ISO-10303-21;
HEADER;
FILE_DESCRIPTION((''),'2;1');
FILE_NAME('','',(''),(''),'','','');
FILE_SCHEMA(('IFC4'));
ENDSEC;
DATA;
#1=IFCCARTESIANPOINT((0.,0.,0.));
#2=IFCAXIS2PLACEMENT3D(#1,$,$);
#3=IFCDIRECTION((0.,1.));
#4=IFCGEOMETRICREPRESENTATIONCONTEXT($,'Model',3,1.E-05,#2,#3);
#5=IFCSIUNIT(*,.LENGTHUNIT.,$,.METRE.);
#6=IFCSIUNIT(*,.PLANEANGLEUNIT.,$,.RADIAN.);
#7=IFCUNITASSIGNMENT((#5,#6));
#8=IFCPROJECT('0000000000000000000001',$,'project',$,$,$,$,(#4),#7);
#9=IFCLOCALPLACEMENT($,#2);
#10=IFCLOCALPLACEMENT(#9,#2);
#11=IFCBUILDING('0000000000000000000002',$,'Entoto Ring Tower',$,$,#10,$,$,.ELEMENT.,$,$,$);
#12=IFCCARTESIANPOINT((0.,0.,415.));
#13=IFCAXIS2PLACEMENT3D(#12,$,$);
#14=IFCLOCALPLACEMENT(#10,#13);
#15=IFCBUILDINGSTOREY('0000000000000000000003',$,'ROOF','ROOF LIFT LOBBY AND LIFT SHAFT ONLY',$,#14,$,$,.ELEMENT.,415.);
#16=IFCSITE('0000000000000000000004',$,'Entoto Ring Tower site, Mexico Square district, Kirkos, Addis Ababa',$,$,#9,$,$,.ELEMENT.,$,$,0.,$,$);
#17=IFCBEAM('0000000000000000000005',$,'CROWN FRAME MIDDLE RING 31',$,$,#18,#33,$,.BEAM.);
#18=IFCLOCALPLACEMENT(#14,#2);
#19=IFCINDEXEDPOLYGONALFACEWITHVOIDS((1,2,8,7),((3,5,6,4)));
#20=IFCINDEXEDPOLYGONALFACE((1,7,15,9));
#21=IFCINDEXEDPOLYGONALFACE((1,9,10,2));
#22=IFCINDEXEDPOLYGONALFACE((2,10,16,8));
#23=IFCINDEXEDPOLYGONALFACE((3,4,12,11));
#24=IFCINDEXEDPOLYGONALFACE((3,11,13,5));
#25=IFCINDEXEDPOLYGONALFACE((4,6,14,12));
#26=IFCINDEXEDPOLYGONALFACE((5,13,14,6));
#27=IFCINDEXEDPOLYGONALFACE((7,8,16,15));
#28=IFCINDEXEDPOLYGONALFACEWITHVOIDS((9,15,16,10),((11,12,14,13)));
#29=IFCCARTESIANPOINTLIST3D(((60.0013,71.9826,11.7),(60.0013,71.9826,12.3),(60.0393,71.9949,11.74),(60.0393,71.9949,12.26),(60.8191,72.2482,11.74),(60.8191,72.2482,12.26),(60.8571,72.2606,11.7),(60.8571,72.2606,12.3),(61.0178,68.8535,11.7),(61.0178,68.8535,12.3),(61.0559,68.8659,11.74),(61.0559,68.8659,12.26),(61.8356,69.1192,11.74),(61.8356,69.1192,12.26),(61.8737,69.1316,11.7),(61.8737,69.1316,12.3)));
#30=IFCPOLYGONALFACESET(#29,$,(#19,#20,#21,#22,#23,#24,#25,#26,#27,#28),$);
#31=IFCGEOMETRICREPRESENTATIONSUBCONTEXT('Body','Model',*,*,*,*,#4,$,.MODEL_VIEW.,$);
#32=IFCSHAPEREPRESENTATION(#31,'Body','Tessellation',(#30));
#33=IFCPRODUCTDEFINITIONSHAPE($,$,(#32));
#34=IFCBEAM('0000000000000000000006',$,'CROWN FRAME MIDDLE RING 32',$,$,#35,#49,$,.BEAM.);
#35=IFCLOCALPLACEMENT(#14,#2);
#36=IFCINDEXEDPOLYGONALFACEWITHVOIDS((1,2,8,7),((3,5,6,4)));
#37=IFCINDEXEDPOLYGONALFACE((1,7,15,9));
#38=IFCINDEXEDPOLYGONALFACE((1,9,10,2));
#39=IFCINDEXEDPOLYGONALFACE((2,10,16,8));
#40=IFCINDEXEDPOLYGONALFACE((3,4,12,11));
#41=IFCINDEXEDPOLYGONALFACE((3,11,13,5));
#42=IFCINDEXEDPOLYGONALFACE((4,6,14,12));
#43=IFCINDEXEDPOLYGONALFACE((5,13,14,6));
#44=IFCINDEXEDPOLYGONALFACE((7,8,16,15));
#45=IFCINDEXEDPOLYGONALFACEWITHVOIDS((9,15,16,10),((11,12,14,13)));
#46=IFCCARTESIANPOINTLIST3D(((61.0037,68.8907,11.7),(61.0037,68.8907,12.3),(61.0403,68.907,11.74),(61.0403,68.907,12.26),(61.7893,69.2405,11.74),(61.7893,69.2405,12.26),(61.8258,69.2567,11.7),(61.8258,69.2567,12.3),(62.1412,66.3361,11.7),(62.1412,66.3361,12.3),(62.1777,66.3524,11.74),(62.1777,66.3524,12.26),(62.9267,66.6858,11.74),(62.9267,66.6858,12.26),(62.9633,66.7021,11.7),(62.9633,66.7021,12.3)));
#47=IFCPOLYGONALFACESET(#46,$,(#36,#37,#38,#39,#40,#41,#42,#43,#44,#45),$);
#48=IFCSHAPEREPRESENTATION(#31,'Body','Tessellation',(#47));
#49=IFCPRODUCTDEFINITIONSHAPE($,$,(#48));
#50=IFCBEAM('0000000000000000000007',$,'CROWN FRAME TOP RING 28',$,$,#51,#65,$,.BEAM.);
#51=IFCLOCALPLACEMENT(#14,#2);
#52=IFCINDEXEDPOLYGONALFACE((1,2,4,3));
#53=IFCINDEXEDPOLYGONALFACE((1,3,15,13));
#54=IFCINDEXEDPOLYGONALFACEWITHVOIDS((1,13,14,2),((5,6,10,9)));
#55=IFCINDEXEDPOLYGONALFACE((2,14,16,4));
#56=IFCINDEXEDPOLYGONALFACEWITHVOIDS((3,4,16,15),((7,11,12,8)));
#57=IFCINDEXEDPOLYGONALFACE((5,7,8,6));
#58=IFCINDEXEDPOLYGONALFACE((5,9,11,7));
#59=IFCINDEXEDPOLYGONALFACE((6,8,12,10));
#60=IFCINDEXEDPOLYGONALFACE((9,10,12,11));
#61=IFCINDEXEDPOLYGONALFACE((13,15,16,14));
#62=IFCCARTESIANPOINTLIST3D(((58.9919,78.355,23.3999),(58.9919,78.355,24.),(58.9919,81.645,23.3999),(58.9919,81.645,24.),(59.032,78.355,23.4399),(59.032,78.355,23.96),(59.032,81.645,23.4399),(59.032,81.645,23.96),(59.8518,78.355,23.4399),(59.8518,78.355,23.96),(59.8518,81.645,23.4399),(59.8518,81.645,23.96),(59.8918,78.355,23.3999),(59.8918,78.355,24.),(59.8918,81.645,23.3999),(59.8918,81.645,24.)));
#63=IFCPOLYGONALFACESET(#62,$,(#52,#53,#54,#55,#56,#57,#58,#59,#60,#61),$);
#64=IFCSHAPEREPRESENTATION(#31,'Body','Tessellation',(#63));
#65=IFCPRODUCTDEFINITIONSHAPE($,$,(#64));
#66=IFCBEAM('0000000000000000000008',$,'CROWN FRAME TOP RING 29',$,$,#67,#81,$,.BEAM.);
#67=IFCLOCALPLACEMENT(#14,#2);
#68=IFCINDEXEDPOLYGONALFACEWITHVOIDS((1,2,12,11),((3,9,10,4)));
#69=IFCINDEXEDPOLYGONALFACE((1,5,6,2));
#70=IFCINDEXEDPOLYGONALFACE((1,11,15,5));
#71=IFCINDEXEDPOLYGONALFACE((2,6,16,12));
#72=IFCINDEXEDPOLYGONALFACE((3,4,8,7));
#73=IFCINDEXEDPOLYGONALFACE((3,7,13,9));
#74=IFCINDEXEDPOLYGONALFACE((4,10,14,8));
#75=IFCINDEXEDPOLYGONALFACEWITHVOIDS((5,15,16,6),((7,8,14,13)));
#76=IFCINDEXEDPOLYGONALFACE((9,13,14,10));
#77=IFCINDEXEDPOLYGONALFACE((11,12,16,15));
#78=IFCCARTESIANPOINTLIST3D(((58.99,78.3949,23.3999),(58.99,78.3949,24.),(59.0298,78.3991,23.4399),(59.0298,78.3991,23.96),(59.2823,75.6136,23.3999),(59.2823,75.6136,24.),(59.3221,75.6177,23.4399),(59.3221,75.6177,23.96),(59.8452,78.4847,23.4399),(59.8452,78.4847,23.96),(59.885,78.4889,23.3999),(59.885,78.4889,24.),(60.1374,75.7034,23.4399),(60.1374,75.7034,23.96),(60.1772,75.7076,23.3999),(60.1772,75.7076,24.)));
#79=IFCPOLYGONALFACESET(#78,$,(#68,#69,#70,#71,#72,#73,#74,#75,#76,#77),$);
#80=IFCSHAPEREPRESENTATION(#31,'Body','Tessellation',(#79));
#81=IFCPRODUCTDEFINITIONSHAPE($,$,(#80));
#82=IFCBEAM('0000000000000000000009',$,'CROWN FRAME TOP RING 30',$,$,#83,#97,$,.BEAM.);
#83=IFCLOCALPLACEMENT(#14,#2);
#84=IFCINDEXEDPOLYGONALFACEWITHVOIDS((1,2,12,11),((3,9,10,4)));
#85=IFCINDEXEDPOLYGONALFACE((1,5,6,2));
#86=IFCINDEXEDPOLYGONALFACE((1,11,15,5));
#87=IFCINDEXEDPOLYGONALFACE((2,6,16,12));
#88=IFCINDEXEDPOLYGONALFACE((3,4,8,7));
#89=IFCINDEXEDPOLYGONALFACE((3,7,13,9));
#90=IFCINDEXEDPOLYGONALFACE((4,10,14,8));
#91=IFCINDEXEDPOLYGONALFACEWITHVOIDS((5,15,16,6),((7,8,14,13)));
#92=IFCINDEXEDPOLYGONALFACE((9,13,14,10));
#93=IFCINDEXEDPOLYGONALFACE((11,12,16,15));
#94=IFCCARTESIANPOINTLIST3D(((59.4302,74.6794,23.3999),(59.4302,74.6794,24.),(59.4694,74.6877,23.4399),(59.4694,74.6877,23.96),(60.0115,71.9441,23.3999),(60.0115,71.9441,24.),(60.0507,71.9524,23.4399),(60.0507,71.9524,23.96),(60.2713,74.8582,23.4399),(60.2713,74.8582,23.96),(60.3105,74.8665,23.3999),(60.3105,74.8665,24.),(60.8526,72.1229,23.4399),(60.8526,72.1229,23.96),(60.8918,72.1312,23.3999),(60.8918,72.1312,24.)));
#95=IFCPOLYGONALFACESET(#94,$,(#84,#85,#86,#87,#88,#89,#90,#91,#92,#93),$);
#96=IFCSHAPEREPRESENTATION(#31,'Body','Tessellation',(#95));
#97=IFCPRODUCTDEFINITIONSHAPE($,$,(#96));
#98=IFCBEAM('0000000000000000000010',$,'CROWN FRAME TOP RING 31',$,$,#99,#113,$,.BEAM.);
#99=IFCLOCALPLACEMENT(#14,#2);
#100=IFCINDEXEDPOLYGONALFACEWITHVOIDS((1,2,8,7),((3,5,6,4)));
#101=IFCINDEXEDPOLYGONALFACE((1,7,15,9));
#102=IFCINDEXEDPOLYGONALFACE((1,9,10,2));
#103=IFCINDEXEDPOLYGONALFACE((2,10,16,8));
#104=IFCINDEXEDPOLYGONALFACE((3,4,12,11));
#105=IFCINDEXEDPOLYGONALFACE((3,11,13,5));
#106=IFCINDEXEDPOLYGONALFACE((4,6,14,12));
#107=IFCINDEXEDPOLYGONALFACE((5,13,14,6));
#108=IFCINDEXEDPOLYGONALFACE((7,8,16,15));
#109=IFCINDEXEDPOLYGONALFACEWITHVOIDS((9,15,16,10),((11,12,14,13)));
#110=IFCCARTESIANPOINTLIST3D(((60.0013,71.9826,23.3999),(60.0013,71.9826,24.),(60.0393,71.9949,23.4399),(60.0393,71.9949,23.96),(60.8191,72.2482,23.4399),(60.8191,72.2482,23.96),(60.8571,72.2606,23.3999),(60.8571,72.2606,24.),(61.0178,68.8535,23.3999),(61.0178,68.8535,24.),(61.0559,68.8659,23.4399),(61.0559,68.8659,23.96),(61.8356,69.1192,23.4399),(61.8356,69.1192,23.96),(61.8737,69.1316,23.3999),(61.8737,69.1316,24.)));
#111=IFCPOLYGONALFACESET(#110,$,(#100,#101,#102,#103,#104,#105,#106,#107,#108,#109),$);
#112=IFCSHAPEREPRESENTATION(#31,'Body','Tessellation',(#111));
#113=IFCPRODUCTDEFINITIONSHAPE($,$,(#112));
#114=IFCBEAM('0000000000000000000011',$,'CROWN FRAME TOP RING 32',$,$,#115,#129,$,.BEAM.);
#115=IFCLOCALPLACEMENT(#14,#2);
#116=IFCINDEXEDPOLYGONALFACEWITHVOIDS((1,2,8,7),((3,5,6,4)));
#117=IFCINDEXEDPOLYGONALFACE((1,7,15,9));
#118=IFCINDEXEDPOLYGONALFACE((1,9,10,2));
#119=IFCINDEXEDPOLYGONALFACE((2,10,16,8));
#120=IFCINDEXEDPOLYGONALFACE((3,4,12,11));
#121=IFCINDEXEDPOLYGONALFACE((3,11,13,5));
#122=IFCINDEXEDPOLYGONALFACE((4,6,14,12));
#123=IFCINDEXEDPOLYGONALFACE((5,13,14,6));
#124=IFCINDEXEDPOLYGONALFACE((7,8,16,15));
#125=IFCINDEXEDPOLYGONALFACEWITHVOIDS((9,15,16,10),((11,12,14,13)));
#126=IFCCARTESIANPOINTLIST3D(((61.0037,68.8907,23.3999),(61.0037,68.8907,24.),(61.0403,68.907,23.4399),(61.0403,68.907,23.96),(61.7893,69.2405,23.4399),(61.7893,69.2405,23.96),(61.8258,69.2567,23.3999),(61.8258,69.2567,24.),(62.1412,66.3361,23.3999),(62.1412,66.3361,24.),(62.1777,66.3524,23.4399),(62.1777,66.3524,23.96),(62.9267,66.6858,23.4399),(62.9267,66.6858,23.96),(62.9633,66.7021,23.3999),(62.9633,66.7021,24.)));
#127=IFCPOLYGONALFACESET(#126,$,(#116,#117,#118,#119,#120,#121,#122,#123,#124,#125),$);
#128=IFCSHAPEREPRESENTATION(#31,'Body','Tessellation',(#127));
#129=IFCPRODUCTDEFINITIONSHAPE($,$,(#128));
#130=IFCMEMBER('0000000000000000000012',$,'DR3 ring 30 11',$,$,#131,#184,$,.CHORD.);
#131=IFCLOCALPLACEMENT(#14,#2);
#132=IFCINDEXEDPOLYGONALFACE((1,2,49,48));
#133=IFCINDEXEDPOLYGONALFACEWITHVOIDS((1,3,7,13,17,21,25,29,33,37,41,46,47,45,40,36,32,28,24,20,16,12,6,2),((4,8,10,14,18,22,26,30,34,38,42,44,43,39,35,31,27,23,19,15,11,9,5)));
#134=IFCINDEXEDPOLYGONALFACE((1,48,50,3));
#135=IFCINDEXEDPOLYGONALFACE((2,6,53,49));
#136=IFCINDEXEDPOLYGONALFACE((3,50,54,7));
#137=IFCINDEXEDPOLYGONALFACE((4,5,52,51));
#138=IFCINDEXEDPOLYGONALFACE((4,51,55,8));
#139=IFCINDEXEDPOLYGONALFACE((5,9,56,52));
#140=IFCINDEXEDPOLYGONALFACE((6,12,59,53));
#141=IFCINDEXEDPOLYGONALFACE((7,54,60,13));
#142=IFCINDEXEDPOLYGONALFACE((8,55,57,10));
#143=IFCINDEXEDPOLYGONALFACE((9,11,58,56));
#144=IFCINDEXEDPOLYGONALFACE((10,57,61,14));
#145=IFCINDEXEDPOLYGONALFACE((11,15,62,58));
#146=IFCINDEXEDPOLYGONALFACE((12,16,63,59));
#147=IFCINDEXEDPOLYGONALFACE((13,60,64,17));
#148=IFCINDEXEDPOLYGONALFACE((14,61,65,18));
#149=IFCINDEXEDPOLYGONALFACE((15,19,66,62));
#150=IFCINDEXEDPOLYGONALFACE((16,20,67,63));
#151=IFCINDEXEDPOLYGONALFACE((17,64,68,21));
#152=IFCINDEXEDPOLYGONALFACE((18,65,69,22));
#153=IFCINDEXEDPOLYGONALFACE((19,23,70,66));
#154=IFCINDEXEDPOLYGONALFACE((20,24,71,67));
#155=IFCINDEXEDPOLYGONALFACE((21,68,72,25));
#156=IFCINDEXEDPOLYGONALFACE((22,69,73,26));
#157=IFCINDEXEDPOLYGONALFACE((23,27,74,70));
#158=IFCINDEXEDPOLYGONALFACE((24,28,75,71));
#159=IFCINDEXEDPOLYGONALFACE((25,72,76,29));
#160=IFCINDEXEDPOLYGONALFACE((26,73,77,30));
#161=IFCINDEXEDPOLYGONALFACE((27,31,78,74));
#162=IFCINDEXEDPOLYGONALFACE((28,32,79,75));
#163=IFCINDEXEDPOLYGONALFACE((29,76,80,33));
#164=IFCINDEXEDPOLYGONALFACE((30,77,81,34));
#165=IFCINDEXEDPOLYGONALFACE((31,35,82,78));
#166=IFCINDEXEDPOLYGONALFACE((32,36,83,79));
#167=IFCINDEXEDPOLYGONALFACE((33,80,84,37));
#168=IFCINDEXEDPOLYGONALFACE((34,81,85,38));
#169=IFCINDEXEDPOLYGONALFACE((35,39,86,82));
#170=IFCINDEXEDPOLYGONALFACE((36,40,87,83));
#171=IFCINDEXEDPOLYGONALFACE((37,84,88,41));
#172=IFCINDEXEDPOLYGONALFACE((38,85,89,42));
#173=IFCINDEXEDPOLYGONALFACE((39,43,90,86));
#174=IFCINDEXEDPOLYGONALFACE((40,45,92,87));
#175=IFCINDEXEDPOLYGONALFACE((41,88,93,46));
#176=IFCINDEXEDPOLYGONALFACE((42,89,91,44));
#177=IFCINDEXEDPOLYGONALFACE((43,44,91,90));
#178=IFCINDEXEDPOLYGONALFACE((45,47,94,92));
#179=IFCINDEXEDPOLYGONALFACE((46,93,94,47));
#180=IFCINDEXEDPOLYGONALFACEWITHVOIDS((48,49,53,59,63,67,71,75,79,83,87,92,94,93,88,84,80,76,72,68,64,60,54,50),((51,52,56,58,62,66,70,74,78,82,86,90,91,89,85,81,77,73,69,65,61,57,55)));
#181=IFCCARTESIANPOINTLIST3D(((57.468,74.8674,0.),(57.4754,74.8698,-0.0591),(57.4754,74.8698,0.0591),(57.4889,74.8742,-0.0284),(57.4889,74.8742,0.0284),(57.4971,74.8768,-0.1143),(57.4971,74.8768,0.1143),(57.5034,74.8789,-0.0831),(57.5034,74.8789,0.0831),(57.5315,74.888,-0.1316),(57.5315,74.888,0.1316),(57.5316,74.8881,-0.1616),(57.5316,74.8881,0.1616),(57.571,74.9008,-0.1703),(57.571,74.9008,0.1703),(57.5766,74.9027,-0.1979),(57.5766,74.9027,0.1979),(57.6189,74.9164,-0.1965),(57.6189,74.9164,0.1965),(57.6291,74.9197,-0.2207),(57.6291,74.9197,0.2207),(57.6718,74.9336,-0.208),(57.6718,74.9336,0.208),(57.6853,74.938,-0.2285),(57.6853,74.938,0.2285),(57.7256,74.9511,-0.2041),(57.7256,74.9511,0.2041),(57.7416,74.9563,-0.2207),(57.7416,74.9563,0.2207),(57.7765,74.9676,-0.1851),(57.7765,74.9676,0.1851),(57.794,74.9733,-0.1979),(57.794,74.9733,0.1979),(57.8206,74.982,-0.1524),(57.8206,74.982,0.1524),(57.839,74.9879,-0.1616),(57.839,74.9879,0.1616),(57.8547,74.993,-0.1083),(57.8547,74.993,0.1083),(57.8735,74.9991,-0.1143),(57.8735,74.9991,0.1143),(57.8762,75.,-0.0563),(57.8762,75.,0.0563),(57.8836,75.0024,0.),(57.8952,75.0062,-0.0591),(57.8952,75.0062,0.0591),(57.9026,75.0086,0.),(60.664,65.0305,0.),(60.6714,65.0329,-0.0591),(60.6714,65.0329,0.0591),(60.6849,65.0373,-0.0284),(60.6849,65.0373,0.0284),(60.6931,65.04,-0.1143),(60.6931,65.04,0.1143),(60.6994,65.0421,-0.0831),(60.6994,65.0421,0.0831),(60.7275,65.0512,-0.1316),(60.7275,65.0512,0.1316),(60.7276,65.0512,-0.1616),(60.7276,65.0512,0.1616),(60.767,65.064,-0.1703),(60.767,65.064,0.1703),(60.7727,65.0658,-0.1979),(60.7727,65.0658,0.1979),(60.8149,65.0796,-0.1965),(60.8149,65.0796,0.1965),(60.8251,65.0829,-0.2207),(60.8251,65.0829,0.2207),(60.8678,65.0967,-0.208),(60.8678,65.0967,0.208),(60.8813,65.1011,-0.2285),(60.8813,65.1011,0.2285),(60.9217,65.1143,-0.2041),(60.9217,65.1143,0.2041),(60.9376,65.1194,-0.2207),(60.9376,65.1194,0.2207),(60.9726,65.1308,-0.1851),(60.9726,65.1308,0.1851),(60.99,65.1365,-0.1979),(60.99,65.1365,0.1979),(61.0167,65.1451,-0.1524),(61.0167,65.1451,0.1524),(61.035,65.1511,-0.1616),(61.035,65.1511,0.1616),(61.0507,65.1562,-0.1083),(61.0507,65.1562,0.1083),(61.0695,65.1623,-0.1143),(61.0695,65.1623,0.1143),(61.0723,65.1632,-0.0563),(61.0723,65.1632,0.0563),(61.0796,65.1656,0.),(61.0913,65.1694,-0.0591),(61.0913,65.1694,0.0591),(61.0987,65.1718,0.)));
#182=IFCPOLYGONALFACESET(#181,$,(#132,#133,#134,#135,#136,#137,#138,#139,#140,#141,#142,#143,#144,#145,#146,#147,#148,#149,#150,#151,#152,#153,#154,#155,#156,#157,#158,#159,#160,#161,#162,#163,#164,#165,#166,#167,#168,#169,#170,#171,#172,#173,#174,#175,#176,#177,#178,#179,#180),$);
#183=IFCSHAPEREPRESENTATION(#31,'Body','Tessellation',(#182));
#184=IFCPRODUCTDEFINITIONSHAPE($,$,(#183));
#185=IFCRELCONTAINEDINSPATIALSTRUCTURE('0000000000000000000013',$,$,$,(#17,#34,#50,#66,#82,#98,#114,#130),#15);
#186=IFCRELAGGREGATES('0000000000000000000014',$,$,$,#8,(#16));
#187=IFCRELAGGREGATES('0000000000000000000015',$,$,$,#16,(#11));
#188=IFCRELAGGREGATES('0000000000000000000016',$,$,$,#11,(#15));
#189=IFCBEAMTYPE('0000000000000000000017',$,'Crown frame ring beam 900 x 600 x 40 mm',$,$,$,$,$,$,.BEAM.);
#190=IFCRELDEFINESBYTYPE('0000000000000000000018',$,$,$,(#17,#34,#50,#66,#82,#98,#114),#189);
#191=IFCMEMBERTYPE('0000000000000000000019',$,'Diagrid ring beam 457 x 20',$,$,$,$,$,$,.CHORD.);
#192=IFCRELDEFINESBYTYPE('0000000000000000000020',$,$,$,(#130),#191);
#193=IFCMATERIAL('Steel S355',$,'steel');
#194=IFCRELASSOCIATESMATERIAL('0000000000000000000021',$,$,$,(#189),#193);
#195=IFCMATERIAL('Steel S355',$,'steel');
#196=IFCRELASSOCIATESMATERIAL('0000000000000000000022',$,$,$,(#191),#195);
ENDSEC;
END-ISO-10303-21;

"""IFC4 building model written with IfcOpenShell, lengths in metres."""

from ifc_helpers import new_model, si_unit, direction, frame, origin, origin_2d, place, context, subcontext, project, spatial, hollow_rectangle, circle, hollow_circle, extrude, material, material_profile, profile_set, type_object, element, save


model = new_model("IFC4")

# Units and contexts
model_context = context("Model", 3, precision=1e-05, world=origin(), true_north=direction((0.0, 1.0)))
body_context = subcontext(model_context, "Body", "Model", "MODEL_VIEW")
ifc_project = project(units=[si_unit("LENGTHUNIT", "METRE"), si_unit("PLANEANGLEUNIT", "RADIAN")], contexts=[model_context])

# Site, building, storey
site_placement = place(None, origin())
site = spatial("IfcSite", under=ifc_project, at=site_placement, Name="Entoto Ring Tower site, Mexico Square district, Kirkos, Addis Ababa", CompositionType="ELEMENT", RefElevation=0.0)
building_placement = place(site_placement, origin())
building = spatial("IfcBuilding", under=site, at=building_placement, Name="Entoto Ring Tower", CompositionType="ELEMENT")
storey_placement = place(building_placement, frame((0.0, 0.0, 415.0)))
storey = spatial("IfcBuildingStorey", under=building, at=storey_placement, Name="ROOF", Description="ROOF LIFT LOBBY AND LIFT SHAFT ONLY", CompositionType="ELEMENT", Elevation=415.0)

# Beams
ifc_material_1 = material(Name="Steel S355", Category="steel")
ifc_material_profile_1 = material_profile(ifc_material_1, hollow_rectangle(XDim=0.8999, YDim=0.6001, WallThickness=0.04, at=origin_2d()), Name="Crown frame ring beam 900 x 600 x 40 mm")
ifc_profile_set_1 = profile_set([ifc_material_profile_1], Name="Steel S355")
beam_type_1 = type_object("IfcBeamType", Name="Crown frame ring beam 900 x 600 x 40 mm", PredefinedType="BEAM", material=ifc_profile_set_1)
beam_1_placement = place(storey_placement, frame((60.4292, 72.1216, 12.0), z_axis=(0.308984, -0.951067, 0.0), x_axis=(0.951067, 0.308984, 0.0)))
element("IfcBeam", 1, at=beam_1_placement, inside=storey, type_object=beam_type_1, Name="CROWN FRAME MIDDLE RING 31", PredefinedType="BEAM", context=body_context, shape_type="SweptSolid", body=[
    extrude(hollow_rectangle(XDim=0.8999, YDim=0.6001, WallThickness=0.04, at=origin_2d()), origin(), (0.0, 0.0, 1.0), 3.29),
])
beam_2_placement = place(storey_placement, frame((61.4148, 69.0737, 12.0), z_axis=(0.406746, -0.913541, 0.0), x_axis=(0.913541, 0.406746, 0.0)))
element("IfcBeam", 2, at=beam_2_placement, inside=storey, type_object=beam_type_1, Name="CROWN FRAME MIDDLE RING 32", PredefinedType="BEAM", context=body_context, shape_type="SweptSolid", body=[
    extrude(hollow_rectangle(XDim=0.8999, YDim=0.6001, WallThickness=0.04, at=origin_2d()), origin(), (0.0, 0.0, 1.0), 2.7964),
])
beam_3_placement = place(storey_placement, frame((59.4419, 81.645, 23.7), z_axis=(0.0, -1.0, 0.0), x_axis=(1.0, 0.0, 0.0)))
element("IfcBeam", 3, at=beam_3_placement, inside=storey, type_object=beam_type_1, Name="CROWN FRAME TOP RING 28", PredefinedType="BEAM", context=body_context, shape_type="SweptSolid", body=[
    extrude(hollow_rectangle(XDim=0.8999, YDim=0.6001, WallThickness=0.04, at=origin_2d()), origin(), (0.0, 0.0, 1.0), 3.29),
])
beam_4_placement = place(storey_placement, frame((59.4375, 78.4419, 23.7), z_axis=(0.104498, -0.994525, 0.0), x_axis=(0.994525, 0.104498, 0.0)))
element("IfcBeam", 4, at=beam_4_placement, inside=storey, type_object=beam_type_1, Name="CROWN FRAME TOP RING 29", PredefinedType="BEAM", context=body_context, shape_type="SweptSolid", body=[
    extrude(hollow_rectangle(XDim=0.8999, YDim=0.6001, WallThickness=0.04, at=origin_2d()), origin(), (0.0, 0.0, 1.0), 2.7966),
])
beam_5_placement = place(storey_placement, frame((59.8704, 74.7729, 23.7), z_axis=(0.207871, -0.978156, 0.0), x_axis=(0.978156, 0.207871, 0.0)))
element("IfcBeam", 5, at=beam_5_placement, inside=storey, type_object=beam_type_1, Name="CROWN FRAME TOP RING 30", PredefinedType="BEAM", context=body_context, shape_type="SweptSolid", body=[
    extrude(hollow_rectangle(XDim=0.8999, YDim=0.6001, WallThickness=0.04, at=origin_2d()), origin(), (0.0, 0.0, 1.0), 2.7964),
])
beam_6_placement = place(storey_placement, frame((60.4292, 72.1216, 23.7), z_axis=(0.308984, -0.951067, 0.0), x_axis=(0.951067, 0.308984, 0.0)))
element("IfcBeam", 6, at=beam_6_placement, inside=storey, type_object=beam_type_1, Name="CROWN FRAME TOP RING 31", PredefinedType="BEAM", context=body_context, shape_type="SweptSolid", body=[
    extrude(hollow_rectangle(XDim=0.8999, YDim=0.6001, WallThickness=0.04, at=origin_2d()), origin(), (0.0, 0.0, 1.0), 3.29),
])
beam_7_placement = place(storey_placement, frame((61.4148, 69.0737, 23.7), z_axis=(0.406746, -0.913541, 0.0), x_axis=(0.913541, 0.406746, 0.0)))
element("IfcBeam", 7, at=beam_7_placement, inside=storey, type_object=beam_type_1, Name="CROWN FRAME TOP RING 32", PredefinedType="BEAM", context=body_context, shape_type="SweptSolid", body=[
    extrude(hollow_rectangle(XDim=0.8999, YDim=0.6001, WallThickness=0.04, at=origin_2d()), origin(), (0.0, 0.0, 1.0), 2.7964),
])

# Member
ifc_material_2 = material(Name="Steel S355", Category="steel")
ifc_material_profile_2 = material_profile(ifc_material_2, hollow_circle(Radius=0.2285, WallThickness=0.02, at=origin_2d()), Name="CHS 457 x 20")
ifc_material_3 = material(Name="Concrete C60/75", Category="concrete")
ifc_material_profile_3 = material_profile(ifc_material_3, circle(Radius=0.2085, at=origin_2d()), Name="Concrete C60/75 infill")
ifc_profile_set_2 = profile_set([ifc_material_profile_2, ifc_material_profile_3], Name="Steel S355")
member_type_1 = type_object("IfcMemberType", Name="Diagrid ring beam 457 x 20", PredefinedType="CHORD", material=ifc_profile_set_2)
member_1_placement = place(storey_placement, frame((57.6853, 74.938, 0.0), z_axis=(0.309003, -0.951061, 0.0), x_axis=(0.951061, 0.309003, 0.0)))
element("IfcMember", 8, at=member_1_placement, inside=storey, type_object=member_type_1, Name="DR3 ring 30 11", PredefinedType="CHORD", context=body_context, shape_type="SweptSolid", body=[
    extrude(hollow_circle(Radius=0.2285, WallThickness=0.02, at=origin_2d()), origin(), (0.0, 0.0, 1.0), 10.343),
])

save(model, "model.ifc")
